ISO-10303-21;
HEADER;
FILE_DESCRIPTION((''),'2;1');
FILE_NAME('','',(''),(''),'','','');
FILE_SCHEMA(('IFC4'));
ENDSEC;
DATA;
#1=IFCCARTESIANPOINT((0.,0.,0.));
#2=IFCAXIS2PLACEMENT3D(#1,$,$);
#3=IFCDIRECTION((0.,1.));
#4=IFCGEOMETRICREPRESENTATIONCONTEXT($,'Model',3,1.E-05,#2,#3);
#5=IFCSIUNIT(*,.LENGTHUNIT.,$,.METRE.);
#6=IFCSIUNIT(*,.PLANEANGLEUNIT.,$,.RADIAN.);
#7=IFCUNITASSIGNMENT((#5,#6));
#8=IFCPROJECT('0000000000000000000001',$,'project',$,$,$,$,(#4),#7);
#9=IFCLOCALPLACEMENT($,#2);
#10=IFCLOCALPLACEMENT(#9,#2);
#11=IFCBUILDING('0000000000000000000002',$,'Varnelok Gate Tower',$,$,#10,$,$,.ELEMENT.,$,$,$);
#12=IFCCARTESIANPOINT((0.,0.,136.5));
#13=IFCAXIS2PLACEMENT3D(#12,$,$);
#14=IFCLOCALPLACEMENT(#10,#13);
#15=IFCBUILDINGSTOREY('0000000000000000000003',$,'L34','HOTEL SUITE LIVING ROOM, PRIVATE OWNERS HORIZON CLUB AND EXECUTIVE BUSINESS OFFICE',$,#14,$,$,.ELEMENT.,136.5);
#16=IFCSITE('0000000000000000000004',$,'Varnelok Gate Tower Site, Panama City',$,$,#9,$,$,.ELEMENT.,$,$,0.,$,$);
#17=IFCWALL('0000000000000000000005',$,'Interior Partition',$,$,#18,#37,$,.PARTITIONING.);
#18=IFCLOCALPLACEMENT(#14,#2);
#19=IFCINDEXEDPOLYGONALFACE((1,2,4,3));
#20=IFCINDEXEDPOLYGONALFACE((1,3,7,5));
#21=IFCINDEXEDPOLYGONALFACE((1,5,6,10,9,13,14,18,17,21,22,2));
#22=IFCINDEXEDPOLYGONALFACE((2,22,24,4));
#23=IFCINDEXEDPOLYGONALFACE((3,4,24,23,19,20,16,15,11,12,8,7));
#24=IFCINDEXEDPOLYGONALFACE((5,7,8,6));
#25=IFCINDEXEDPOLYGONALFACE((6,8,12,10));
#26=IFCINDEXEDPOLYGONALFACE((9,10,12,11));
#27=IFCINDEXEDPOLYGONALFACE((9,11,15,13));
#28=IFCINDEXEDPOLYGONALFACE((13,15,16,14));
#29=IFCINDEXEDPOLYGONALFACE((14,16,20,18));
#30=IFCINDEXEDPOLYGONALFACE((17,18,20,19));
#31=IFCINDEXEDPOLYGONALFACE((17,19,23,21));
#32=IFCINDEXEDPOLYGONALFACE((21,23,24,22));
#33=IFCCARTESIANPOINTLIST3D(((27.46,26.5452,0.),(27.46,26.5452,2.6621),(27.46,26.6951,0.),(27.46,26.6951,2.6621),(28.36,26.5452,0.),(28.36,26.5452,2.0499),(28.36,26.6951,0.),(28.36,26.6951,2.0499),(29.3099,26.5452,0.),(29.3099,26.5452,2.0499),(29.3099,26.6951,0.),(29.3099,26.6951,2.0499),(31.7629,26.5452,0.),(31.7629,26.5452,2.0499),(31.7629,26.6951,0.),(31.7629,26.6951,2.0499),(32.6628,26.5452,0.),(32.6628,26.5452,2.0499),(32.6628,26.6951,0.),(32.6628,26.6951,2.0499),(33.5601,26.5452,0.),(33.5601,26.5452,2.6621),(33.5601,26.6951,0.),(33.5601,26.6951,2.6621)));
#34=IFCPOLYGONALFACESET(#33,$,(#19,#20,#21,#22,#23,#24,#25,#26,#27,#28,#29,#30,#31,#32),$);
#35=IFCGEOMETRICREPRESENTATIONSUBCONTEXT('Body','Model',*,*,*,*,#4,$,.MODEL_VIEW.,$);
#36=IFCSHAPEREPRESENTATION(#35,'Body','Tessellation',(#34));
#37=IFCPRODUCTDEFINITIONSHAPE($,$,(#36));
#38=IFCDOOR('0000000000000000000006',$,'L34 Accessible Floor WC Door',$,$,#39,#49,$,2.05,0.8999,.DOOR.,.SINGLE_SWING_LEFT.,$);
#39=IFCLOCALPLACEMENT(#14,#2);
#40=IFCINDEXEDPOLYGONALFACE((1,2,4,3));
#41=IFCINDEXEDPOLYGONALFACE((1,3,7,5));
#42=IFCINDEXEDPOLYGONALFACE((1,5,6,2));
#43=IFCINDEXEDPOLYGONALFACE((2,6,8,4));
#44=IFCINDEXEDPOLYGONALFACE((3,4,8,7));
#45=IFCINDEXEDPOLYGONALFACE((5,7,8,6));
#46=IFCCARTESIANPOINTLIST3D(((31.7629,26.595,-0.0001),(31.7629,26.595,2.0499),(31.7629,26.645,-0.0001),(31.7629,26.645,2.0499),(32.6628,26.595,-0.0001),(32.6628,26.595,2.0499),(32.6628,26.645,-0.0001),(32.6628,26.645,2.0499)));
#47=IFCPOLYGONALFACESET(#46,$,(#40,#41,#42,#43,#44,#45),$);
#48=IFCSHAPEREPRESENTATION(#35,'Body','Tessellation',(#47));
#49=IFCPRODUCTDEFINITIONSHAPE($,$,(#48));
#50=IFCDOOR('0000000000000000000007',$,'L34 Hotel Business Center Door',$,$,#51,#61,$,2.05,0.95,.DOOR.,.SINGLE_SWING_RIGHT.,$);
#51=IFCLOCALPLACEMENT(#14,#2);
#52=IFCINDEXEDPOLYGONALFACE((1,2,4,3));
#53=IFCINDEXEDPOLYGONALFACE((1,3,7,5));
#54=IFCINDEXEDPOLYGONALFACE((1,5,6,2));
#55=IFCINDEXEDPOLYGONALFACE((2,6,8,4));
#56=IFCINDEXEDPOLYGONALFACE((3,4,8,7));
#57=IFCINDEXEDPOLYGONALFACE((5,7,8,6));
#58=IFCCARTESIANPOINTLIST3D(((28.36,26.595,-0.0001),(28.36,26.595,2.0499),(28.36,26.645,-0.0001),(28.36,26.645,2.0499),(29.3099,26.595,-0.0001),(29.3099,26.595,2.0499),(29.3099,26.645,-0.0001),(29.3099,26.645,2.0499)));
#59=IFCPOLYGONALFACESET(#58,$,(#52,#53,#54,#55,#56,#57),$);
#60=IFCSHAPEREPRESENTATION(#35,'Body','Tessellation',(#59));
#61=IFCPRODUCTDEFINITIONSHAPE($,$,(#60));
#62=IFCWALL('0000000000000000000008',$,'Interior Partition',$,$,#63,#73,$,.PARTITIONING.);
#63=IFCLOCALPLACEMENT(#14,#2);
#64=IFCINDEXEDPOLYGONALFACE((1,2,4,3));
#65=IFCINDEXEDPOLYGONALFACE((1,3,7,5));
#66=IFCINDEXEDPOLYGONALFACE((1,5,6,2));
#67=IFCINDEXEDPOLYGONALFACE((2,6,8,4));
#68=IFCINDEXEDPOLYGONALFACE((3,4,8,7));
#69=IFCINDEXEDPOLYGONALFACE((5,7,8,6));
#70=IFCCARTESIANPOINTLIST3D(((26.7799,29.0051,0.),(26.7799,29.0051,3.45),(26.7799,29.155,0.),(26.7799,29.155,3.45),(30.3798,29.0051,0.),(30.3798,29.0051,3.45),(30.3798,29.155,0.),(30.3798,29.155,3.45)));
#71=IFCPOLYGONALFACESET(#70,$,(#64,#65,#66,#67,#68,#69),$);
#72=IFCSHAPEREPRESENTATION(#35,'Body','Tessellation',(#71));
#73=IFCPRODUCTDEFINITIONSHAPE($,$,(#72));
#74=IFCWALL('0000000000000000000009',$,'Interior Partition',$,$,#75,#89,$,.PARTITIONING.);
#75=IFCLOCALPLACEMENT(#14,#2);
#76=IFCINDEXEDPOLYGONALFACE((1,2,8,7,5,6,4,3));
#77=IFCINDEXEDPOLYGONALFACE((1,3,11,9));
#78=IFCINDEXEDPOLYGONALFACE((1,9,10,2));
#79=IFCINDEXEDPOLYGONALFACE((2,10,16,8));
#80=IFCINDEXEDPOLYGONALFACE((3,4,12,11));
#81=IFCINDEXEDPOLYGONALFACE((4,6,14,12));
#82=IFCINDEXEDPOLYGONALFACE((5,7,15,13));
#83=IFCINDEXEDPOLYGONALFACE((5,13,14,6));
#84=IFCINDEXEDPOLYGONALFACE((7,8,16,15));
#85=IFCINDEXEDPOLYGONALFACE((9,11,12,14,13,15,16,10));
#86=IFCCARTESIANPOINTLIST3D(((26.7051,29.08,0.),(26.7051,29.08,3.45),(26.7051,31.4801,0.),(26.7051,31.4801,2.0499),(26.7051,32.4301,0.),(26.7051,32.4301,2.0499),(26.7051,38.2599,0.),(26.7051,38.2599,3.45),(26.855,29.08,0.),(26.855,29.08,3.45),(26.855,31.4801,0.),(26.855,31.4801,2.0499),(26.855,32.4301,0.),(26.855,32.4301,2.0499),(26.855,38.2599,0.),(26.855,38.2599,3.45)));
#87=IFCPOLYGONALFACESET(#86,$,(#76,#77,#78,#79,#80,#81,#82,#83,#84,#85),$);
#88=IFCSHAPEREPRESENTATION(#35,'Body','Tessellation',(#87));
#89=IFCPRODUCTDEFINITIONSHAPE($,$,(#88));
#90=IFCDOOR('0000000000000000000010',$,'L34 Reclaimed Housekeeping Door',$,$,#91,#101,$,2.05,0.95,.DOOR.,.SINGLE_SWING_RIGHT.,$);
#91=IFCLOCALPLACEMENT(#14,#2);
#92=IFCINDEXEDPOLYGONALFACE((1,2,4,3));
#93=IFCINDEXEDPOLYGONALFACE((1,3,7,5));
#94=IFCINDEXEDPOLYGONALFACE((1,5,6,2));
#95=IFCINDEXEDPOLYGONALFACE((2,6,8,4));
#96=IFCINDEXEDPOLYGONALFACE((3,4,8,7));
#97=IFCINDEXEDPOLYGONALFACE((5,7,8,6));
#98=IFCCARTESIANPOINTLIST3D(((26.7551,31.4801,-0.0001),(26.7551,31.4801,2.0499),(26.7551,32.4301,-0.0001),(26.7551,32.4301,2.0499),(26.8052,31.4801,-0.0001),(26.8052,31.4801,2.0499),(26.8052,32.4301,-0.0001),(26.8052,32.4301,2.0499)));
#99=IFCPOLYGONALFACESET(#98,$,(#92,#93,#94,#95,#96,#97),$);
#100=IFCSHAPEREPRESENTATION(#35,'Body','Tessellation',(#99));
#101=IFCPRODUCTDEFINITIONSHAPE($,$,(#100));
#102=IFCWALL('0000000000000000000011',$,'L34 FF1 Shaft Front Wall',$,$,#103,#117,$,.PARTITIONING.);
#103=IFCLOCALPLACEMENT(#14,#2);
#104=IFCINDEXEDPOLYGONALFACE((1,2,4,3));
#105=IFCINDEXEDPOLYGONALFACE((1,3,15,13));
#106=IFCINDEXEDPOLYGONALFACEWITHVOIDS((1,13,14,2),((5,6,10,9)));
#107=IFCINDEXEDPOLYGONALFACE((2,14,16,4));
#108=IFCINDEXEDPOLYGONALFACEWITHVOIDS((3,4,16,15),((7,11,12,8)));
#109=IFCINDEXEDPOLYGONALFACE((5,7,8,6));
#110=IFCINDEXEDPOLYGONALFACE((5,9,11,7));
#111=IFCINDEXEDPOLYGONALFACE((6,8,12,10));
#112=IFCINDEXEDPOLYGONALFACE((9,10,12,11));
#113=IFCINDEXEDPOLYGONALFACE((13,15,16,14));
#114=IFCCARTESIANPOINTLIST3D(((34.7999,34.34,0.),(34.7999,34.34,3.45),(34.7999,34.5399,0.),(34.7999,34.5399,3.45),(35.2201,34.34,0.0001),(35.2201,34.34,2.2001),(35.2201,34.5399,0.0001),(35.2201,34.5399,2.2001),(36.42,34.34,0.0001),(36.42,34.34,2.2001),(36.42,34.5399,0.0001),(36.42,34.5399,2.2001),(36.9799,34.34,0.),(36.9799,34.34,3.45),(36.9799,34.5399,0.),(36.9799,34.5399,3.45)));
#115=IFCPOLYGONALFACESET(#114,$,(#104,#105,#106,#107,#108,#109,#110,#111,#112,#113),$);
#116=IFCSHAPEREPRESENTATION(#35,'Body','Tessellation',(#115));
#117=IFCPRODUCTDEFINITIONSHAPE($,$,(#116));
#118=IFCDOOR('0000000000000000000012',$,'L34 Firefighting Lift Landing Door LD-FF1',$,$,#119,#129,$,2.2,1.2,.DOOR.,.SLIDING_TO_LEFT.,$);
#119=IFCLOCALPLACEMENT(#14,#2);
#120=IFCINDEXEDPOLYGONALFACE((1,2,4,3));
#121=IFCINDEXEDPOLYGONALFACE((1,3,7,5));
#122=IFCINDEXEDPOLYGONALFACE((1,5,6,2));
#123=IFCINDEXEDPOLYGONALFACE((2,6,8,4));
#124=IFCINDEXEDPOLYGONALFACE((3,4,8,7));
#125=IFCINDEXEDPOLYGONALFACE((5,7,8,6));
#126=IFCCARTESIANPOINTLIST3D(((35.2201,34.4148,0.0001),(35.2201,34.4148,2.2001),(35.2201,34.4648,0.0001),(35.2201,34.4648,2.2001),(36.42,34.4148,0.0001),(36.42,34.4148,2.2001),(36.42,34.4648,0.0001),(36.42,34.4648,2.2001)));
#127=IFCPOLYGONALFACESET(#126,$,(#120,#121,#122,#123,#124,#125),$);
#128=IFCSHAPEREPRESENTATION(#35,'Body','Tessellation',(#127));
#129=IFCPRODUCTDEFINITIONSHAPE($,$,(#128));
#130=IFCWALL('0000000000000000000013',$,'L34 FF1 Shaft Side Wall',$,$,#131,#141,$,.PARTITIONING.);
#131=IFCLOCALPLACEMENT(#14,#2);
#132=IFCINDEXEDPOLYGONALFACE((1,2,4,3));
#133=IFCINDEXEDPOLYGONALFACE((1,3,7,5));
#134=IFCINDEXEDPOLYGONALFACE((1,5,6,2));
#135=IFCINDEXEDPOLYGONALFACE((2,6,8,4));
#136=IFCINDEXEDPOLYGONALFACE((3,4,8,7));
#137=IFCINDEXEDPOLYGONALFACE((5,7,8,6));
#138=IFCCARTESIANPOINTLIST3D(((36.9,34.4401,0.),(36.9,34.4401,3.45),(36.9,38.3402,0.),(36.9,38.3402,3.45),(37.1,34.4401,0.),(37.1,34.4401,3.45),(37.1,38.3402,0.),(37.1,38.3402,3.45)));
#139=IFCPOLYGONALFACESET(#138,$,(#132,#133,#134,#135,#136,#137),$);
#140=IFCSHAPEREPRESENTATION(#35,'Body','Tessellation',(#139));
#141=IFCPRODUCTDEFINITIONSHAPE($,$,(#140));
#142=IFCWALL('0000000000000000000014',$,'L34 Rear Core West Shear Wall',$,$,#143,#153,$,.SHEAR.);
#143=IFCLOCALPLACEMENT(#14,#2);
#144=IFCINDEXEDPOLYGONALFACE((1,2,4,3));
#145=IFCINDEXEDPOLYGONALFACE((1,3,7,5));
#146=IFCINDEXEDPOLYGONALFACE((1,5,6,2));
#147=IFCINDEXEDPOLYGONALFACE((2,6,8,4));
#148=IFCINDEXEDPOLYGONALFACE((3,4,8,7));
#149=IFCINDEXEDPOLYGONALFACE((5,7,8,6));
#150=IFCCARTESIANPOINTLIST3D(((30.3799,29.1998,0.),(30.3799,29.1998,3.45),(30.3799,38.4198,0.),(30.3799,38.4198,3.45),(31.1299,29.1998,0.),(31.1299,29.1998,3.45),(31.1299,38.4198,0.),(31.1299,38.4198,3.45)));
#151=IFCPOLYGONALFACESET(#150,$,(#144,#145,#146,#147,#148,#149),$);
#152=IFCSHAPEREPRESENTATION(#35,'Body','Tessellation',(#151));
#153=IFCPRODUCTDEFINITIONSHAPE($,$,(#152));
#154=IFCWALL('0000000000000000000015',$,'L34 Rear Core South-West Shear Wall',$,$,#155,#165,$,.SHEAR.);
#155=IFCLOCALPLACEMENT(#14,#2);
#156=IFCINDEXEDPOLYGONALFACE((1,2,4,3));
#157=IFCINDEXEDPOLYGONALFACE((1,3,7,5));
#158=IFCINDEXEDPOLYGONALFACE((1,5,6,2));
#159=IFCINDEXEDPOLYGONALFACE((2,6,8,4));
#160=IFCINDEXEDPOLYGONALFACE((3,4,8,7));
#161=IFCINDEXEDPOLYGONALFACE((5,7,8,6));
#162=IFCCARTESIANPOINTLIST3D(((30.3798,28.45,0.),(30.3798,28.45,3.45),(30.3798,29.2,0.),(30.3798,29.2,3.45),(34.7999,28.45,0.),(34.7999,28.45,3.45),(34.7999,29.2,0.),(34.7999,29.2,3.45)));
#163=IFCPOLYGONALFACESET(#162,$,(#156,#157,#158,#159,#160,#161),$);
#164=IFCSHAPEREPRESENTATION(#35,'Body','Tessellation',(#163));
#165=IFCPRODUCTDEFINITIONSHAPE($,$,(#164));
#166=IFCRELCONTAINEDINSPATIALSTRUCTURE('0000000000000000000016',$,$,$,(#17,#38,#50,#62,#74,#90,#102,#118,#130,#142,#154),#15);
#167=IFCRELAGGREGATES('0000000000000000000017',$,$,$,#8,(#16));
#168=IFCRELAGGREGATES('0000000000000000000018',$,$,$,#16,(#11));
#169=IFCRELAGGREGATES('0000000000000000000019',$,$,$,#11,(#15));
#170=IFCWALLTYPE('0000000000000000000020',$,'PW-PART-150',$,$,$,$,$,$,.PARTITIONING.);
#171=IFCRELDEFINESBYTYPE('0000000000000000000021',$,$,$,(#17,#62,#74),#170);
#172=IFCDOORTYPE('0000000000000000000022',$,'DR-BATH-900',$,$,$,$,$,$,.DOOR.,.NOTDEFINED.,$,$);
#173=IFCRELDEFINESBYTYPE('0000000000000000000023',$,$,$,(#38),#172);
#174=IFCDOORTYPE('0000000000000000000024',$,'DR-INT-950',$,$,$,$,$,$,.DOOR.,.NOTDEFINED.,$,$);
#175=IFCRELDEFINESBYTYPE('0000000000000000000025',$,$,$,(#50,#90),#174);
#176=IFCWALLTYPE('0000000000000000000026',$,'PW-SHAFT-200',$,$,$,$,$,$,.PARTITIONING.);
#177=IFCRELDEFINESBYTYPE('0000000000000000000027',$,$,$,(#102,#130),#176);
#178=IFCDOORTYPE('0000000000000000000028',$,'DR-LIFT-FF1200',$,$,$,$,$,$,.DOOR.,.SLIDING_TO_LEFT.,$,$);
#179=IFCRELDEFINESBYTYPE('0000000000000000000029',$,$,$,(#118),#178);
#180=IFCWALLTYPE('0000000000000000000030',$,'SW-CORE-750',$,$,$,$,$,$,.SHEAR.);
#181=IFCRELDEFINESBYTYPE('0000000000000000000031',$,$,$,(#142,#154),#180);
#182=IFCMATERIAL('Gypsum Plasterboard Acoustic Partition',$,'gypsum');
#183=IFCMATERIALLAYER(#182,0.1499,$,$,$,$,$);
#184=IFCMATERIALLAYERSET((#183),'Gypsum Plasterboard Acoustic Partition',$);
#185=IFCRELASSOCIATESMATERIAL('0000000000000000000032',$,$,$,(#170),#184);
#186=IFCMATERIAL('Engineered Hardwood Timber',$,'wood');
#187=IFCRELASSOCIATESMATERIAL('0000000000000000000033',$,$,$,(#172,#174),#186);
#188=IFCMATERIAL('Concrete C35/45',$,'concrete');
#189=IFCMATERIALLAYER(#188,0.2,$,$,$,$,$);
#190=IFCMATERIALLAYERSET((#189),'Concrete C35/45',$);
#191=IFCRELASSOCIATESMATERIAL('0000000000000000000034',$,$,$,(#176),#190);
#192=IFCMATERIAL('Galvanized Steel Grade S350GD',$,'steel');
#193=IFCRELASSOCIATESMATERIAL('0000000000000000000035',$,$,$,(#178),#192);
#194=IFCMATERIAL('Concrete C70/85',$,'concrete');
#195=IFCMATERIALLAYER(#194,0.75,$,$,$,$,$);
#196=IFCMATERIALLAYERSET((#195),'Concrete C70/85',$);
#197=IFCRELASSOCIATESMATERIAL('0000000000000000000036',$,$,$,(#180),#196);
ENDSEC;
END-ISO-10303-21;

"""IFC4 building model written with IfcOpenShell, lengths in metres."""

from ifc_helpers import new_model, si_unit, direction, frame, frame_2d, origin, place, context, subcontext, project, spatial, rectangle, extrude, material, layer, layer_set, type_object, element, fill, save


model = new_model("IFC4")

# Units and contexts
model_context = context("Model", 3, precision=1e-05, world=origin(), true_north=direction((0.0, 1.0)))
body_context = subcontext(model_context, "Body", "Model", "MODEL_VIEW")
ifc_project = project(units=[si_unit("LENGTHUNIT", "METRE"), si_unit("PLANEANGLEUNIT", "RADIAN")], contexts=[model_context])

# Site, building, storey
site_placement = place(None, origin())
site = spatial("IfcSite", under=ifc_project, at=site_placement, Name="Varnelok Gate Tower Site, Panama City", CompositionType="ELEMENT", RefElevation=0.0)
building_placement = place(site_placement, origin())
building = spatial("IfcBuilding", under=site, at=building_placement, Name="Varnelok Gate Tower", CompositionType="ELEMENT")
storey_placement = place(building_placement, frame((0.0, 0.0, 136.5)))
storey = spatial("IfcBuildingStorey", under=building, at=storey_placement, Name="L34", Description="HOTEL SUITE LIVING ROOM, PRIVATE OWNERS HORIZON CLUB AND EXECUTIVE BUSINESS OFFICE", CompositionType="ELEMENT", Elevation=136.5)

# Shared definitions
ifc_material_1 = material(Name="Concrete C70/85", Category="concrete")

# Wall, openings, doors
ifc_material_2 = material(Name="Gypsum Plasterboard Acoustic Partition", Category="gypsum")
ifc_layer_1 = layer(ifc_material_2, 0.1499)
ifc_layer_set_1 = layer_set([ifc_layer_1], Name="Gypsum Plasterboard Acoustic Partition")
wall_type_1 = type_object("IfcWallType", Name="PW-PART-150", PredefinedType="PARTITIONING", material=ifc_layer_set_1)
wall_1_placement = place(storey_placement, frame((27.46, 26.6201, 0.0), z_axis=(0.0, 0.0, 1.0), x_axis=(1.0, 0.0, 0.0)))
wall_1 = element("IfcWall", 1, at=wall_1_placement, inside=storey, type_object=wall_type_1, Name="Interior Partition", PredefinedType="PARTITIONING", context=body_context, shape_type="SweptSolid", body=[
    extrude(rectangle(XDim=6.1001, YDim=0.1499, at=frame_2d((3.05, 0.0))), origin(), (0.0, 0.0, 1.0), 2.6621),
])
opening_1_placement = place(wall_1_placement, frame((0.8999, 0.0, 0.0)))
opening_1 = element("IfcOpeningElement", 2, at=opening_1_placement, cuts=wall_1, PredefinedType="OPENING", context=body_context, shape_type="SweptSolid", body=[
    extrude(rectangle(XDim=0.95, YDim=2.05, at=frame_2d((0.4751, 1.0249))), frame((0.0, 0.085, 0.0), z_axis=(0.0, -1.0, 0.0), x_axis=(1.0, 0.0, 0.0)), (0.0, 0.0, 1.0), 0.1699),
])
opening_2_placement = place(wall_1_placement, frame((4.303, 0.0, 0.0)))
opening_2 = element("IfcOpeningElement", 3, at=opening_2_placement, cuts=wall_1, PredefinedType="OPENING", context=body_context, shape_type="SweptSolid", body=[
    extrude(rectangle(XDim=0.8999, YDim=2.05, at=frame_2d((0.45, 1.0249))), frame((0.0, 0.085, 0.0), z_axis=(0.0, -1.0, 0.0), x_axis=(1.0, 0.0, 0.0)), (0.0, 0.0, 1.0), 0.1699),
])
ifc_material_3 = material(Name="Engineered Hardwood Timber", Category="wood")
door_type_1 = type_object("IfcDoorType", Name="DR-BATH-900", OperationType="NOTDEFINED", PredefinedType="DOOR", material=ifc_material_3)
door_1_placement = place(opening_2_placement, origin())
door_1 = element("IfcDoor", 4, at=door_1_placement, inside=storey, type_object=door_type_1, Name="L34 Accessible Floor WC Door", OperationType="SINGLE_SWING_LEFT", OverallHeight=2.05, OverallWidth=0.8999, PredefinedType="DOOR", context=body_context, shape_type="SweptSolid", body=[
    extrude(rectangle(XDim=0.8999, YDim=2.05, at=frame_2d((0.45, 1.0249))), frame((0.0, 0.0249, 0.0), z_axis=(0.0, -1.0, 0.0), x_axis=(1.0, 0.0, 0.0)), (0.0, 0.0, 1.0), 0.05),
])
fill(opening_2, door_1)
door_type_2 = type_object("IfcDoorType", Name="DR-INT-950", OperationType="NOTDEFINED", PredefinedType="DOOR", material=ifc_material_3)
door_2_placement = place(opening_1_placement, origin())
door_2 = element("IfcDoor", 5, at=door_2_placement, inside=storey, type_object=door_type_2, Name="L34 Hotel Business Center Door", OperationType="SINGLE_SWING_RIGHT", OverallHeight=2.05, OverallWidth=0.95, PredefinedType="DOOR", context=body_context, shape_type="SweptSolid", body=[
    extrude(rectangle(XDim=0.95, YDim=2.05, at=frame_2d((0.4751, 1.0249))), frame((0.0, 0.0249, 0.0), z_axis=(0.0, -1.0, 0.0), x_axis=(1.0, 0.0, 0.0)), (0.0, 0.0, 1.0), 0.05),
])
fill(opening_1, door_2)

# Wall
wall_2_placement = place(storey_placement, frame((26.78, 29.0801, 0.0), z_axis=(0.0, 0.0, 1.0), x_axis=(1.0, 0.0, 0.0)))
element("IfcWall", 6, at=wall_2_placement, inside=storey, type_object=wall_type_1, Name="Interior Partition", PredefinedType="PARTITIONING", context=body_context, shape_type="SweptSolid", body=[
    extrude(rectangle(XDim=3.5999, YDim=0.1499, at=frame_2d((1.7998, 0.0))), origin(), (0.0, 0.0, 1.0), 3.45),
])

# Walls, openings, doors
wall_3_placement = place(storey_placement, frame((26.78, 29.0801, 0.0), z_axis=(0.0, 0.0, 1.0), x_axis=(0.0, 1.0, 0.0)))
wall_3 = element("IfcWall", 7, at=wall_3_placement, inside=storey, type_object=wall_type_1, Name="Interior Partition", PredefinedType="PARTITIONING", context=body_context, shape_type="SweptSolid", body=[
    extrude(rectangle(XDim=9.1799, YDim=0.1499, at=frame_2d((4.5898, 0.0))), origin(), (0.0, 0.0, 1.0), 3.45),
])
opening_3_placement = place(wall_3_placement, frame((2.3999, 0.0, 0.0)))
opening_3 = element("IfcOpeningElement", 8, at=opening_3_placement, cuts=wall_3, PredefinedType="OPENING", context=body_context, shape_type="SweptSolid", body=[
    extrude(rectangle(XDim=0.95, YDim=2.05, at=frame_2d((0.4751, 1.0249))), frame((0.0, 0.085, 0.0), z_axis=(0.0, -1.0, 0.0), x_axis=(1.0, 0.0, 0.0)), (0.0, 0.0, 1.0), 0.1699),
])
door_3_placement = place(opening_3_placement, origin())
door_3 = element("IfcDoor", 9, at=door_3_placement, inside=storey, type_object=door_type_2, Name="L34 Reclaimed Housekeeping Door", OperationType="SINGLE_SWING_RIGHT", OverallHeight=2.05, OverallWidth=0.95, PredefinedType="DOOR", context=body_context, shape_type="SweptSolid", body=[
    extrude(rectangle(XDim=0.95, YDim=2.05, at=frame_2d((0.4751, 1.0249))), frame((0.0, 0.0249, 0.0), z_axis=(0.0, -1.0, 0.0), x_axis=(1.0, 0.0, 0.0)), (0.0, 0.0, 1.0), 0.05),
])
fill(opening_3, door_3)
ifc_material_4 = material(Name="Concrete C35/45", Category="concrete")
ifc_layer_2 = layer(ifc_material_4, 0.2)
ifc_layer_set_2 = layer_set([ifc_layer_2], Name="Concrete C35/45")
wall_type_2 = type_object("IfcWallType", Name="PW-SHAFT-200", PredefinedType="PARTITIONING", material=ifc_layer_set_2)
wall_4_placement = place(storey_placement, frame((34.8, 34.4399, 0.0), z_axis=(0.0, 0.0, 1.0), x_axis=(1.0, 0.0, 0.0)))
wall_4 = element("IfcWall", 10, at=wall_4_placement, inside=storey, type_object=wall_type_2, Name="L34 FF1 Shaft Front Wall", PredefinedType="PARTITIONING", context=body_context, shape_type="SweptSolid", body=[
    extrude(rectangle(XDim=2.1799, YDim=0.2, at=frame_2d((1.0898, 0.0))), origin(), (0.0, 0.0, 1.0), 3.45),
])
opening_4_placement = place(wall_4_placement, frame((0.4199, 0.0, 0.0)))
opening_4 = element("IfcOpeningElement", 11, at=opening_4_placement, cuts=wall_4, PredefinedType="OPENING", context=body_context, shape_type="SweptSolid", body=[
    extrude(rectangle(XDim=1.2, YDim=2.2, at=frame_2d((0.6001, 1.1001))), frame((0.0, 0.1099, 0.0), z_axis=(0.0, -1.0, 0.0), x_axis=(1.0, 0.0, 0.0)), (0.0, 0.0, 1.0), 0.22),
])
ifc_material_5 = material(Name="Galvanized Steel Grade S350GD", Category="steel")
door_type_3 = type_object("IfcDoorType", Name="DR-LIFT-FF1200", OperationType="SLIDING_TO_LEFT", PredefinedType="DOOR", material=ifc_material_5)
door_4_placement = place(opening_4_placement, origin())
door_4 = element("IfcDoor", 12, at=door_4_placement, inside=storey, type_object=door_type_3, Name="L34 Firefighting Lift Landing Door LD-FF1", OperationType="SLIDING_TO_LEFT", OverallHeight=2.2, OverallWidth=1.2, PredefinedType="DOOR", context=body_context, shape_type="SweptSolid", body=[
    extrude(rectangle(XDim=1.2, YDim=2.2, at=frame_2d((0.6001, 1.1001))), frame((0.0, 0.0249, 0.0), z_axis=(0.0, -1.0, 0.0), x_axis=(1.0, 0.0, 0.0)), (0.0, 0.0, 1.0), 0.05),
])
fill(opening_4, door_4)

# Walls
wall_5_placement = place(storey_placement, frame((37.0, 34.4399, 0.0), z_axis=(0.0, 0.0, 1.0), x_axis=(0.0, 1.0, 0.0)))
element("IfcWall", 13, at=wall_5_placement, inside=storey, type_object=wall_type_2, Name="L34 FF1 Shaft Side Wall", PredefinedType="PARTITIONING", context=body_context, shape_type="SweptSolid", body=[
    extrude(rectangle(XDim=3.9001, YDim=0.2, at=frame_2d((1.9502, 0.0))), origin(), (0.0, 0.0, 1.0), 3.45),
])
ifc_layer_3 = layer(ifc_material_1, 0.75)
ifc_layer_set_3 = layer_set([ifc_layer_3], Name="Concrete C70/85")
wall_type_3 = type_object("IfcWallType", Name="SW-CORE-750", PredefinedType="SHEAR", material=ifc_layer_set_3)
wall_6_placement = place(storey_placement, frame((30.7549, 29.2, 0.0), z_axis=(0.0, 0.0, 1.0), x_axis=(0.0, 1.0, 0.0)))
element("IfcWall", 14, at=wall_6_placement, inside=storey, type_object=wall_type_3, Name="L34 Rear Core West Shear Wall", PredefinedType="SHEAR", context=body_context, shape_type="SweptSolid", body=[
    extrude(rectangle(XDim=9.22, YDim=0.75, at=frame_2d((4.6099, 0.0))), origin(), (0.0, 0.0, 1.0), 3.45),
])
wall_7_placement = place(storey_placement, frame((30.3799, 28.825, 0.0), z_axis=(0.0, 0.0, 1.0), x_axis=(1.0, 0.0, 0.0)))
element("IfcWall", 15, at=wall_7_placement, inside=storey, type_object=wall_type_3, Name="L34 Rear Core South-West Shear Wall", PredefinedType="SHEAR", context=body_context, shape_type="SweptSolid", body=[
    extrude(rectangle(XDim=4.4202, YDim=0.75, at=frame_2d((2.21, 0.0))), origin(), (0.0, 0.0, 1.0), 3.45),
])

save(model, "model.ifc")
